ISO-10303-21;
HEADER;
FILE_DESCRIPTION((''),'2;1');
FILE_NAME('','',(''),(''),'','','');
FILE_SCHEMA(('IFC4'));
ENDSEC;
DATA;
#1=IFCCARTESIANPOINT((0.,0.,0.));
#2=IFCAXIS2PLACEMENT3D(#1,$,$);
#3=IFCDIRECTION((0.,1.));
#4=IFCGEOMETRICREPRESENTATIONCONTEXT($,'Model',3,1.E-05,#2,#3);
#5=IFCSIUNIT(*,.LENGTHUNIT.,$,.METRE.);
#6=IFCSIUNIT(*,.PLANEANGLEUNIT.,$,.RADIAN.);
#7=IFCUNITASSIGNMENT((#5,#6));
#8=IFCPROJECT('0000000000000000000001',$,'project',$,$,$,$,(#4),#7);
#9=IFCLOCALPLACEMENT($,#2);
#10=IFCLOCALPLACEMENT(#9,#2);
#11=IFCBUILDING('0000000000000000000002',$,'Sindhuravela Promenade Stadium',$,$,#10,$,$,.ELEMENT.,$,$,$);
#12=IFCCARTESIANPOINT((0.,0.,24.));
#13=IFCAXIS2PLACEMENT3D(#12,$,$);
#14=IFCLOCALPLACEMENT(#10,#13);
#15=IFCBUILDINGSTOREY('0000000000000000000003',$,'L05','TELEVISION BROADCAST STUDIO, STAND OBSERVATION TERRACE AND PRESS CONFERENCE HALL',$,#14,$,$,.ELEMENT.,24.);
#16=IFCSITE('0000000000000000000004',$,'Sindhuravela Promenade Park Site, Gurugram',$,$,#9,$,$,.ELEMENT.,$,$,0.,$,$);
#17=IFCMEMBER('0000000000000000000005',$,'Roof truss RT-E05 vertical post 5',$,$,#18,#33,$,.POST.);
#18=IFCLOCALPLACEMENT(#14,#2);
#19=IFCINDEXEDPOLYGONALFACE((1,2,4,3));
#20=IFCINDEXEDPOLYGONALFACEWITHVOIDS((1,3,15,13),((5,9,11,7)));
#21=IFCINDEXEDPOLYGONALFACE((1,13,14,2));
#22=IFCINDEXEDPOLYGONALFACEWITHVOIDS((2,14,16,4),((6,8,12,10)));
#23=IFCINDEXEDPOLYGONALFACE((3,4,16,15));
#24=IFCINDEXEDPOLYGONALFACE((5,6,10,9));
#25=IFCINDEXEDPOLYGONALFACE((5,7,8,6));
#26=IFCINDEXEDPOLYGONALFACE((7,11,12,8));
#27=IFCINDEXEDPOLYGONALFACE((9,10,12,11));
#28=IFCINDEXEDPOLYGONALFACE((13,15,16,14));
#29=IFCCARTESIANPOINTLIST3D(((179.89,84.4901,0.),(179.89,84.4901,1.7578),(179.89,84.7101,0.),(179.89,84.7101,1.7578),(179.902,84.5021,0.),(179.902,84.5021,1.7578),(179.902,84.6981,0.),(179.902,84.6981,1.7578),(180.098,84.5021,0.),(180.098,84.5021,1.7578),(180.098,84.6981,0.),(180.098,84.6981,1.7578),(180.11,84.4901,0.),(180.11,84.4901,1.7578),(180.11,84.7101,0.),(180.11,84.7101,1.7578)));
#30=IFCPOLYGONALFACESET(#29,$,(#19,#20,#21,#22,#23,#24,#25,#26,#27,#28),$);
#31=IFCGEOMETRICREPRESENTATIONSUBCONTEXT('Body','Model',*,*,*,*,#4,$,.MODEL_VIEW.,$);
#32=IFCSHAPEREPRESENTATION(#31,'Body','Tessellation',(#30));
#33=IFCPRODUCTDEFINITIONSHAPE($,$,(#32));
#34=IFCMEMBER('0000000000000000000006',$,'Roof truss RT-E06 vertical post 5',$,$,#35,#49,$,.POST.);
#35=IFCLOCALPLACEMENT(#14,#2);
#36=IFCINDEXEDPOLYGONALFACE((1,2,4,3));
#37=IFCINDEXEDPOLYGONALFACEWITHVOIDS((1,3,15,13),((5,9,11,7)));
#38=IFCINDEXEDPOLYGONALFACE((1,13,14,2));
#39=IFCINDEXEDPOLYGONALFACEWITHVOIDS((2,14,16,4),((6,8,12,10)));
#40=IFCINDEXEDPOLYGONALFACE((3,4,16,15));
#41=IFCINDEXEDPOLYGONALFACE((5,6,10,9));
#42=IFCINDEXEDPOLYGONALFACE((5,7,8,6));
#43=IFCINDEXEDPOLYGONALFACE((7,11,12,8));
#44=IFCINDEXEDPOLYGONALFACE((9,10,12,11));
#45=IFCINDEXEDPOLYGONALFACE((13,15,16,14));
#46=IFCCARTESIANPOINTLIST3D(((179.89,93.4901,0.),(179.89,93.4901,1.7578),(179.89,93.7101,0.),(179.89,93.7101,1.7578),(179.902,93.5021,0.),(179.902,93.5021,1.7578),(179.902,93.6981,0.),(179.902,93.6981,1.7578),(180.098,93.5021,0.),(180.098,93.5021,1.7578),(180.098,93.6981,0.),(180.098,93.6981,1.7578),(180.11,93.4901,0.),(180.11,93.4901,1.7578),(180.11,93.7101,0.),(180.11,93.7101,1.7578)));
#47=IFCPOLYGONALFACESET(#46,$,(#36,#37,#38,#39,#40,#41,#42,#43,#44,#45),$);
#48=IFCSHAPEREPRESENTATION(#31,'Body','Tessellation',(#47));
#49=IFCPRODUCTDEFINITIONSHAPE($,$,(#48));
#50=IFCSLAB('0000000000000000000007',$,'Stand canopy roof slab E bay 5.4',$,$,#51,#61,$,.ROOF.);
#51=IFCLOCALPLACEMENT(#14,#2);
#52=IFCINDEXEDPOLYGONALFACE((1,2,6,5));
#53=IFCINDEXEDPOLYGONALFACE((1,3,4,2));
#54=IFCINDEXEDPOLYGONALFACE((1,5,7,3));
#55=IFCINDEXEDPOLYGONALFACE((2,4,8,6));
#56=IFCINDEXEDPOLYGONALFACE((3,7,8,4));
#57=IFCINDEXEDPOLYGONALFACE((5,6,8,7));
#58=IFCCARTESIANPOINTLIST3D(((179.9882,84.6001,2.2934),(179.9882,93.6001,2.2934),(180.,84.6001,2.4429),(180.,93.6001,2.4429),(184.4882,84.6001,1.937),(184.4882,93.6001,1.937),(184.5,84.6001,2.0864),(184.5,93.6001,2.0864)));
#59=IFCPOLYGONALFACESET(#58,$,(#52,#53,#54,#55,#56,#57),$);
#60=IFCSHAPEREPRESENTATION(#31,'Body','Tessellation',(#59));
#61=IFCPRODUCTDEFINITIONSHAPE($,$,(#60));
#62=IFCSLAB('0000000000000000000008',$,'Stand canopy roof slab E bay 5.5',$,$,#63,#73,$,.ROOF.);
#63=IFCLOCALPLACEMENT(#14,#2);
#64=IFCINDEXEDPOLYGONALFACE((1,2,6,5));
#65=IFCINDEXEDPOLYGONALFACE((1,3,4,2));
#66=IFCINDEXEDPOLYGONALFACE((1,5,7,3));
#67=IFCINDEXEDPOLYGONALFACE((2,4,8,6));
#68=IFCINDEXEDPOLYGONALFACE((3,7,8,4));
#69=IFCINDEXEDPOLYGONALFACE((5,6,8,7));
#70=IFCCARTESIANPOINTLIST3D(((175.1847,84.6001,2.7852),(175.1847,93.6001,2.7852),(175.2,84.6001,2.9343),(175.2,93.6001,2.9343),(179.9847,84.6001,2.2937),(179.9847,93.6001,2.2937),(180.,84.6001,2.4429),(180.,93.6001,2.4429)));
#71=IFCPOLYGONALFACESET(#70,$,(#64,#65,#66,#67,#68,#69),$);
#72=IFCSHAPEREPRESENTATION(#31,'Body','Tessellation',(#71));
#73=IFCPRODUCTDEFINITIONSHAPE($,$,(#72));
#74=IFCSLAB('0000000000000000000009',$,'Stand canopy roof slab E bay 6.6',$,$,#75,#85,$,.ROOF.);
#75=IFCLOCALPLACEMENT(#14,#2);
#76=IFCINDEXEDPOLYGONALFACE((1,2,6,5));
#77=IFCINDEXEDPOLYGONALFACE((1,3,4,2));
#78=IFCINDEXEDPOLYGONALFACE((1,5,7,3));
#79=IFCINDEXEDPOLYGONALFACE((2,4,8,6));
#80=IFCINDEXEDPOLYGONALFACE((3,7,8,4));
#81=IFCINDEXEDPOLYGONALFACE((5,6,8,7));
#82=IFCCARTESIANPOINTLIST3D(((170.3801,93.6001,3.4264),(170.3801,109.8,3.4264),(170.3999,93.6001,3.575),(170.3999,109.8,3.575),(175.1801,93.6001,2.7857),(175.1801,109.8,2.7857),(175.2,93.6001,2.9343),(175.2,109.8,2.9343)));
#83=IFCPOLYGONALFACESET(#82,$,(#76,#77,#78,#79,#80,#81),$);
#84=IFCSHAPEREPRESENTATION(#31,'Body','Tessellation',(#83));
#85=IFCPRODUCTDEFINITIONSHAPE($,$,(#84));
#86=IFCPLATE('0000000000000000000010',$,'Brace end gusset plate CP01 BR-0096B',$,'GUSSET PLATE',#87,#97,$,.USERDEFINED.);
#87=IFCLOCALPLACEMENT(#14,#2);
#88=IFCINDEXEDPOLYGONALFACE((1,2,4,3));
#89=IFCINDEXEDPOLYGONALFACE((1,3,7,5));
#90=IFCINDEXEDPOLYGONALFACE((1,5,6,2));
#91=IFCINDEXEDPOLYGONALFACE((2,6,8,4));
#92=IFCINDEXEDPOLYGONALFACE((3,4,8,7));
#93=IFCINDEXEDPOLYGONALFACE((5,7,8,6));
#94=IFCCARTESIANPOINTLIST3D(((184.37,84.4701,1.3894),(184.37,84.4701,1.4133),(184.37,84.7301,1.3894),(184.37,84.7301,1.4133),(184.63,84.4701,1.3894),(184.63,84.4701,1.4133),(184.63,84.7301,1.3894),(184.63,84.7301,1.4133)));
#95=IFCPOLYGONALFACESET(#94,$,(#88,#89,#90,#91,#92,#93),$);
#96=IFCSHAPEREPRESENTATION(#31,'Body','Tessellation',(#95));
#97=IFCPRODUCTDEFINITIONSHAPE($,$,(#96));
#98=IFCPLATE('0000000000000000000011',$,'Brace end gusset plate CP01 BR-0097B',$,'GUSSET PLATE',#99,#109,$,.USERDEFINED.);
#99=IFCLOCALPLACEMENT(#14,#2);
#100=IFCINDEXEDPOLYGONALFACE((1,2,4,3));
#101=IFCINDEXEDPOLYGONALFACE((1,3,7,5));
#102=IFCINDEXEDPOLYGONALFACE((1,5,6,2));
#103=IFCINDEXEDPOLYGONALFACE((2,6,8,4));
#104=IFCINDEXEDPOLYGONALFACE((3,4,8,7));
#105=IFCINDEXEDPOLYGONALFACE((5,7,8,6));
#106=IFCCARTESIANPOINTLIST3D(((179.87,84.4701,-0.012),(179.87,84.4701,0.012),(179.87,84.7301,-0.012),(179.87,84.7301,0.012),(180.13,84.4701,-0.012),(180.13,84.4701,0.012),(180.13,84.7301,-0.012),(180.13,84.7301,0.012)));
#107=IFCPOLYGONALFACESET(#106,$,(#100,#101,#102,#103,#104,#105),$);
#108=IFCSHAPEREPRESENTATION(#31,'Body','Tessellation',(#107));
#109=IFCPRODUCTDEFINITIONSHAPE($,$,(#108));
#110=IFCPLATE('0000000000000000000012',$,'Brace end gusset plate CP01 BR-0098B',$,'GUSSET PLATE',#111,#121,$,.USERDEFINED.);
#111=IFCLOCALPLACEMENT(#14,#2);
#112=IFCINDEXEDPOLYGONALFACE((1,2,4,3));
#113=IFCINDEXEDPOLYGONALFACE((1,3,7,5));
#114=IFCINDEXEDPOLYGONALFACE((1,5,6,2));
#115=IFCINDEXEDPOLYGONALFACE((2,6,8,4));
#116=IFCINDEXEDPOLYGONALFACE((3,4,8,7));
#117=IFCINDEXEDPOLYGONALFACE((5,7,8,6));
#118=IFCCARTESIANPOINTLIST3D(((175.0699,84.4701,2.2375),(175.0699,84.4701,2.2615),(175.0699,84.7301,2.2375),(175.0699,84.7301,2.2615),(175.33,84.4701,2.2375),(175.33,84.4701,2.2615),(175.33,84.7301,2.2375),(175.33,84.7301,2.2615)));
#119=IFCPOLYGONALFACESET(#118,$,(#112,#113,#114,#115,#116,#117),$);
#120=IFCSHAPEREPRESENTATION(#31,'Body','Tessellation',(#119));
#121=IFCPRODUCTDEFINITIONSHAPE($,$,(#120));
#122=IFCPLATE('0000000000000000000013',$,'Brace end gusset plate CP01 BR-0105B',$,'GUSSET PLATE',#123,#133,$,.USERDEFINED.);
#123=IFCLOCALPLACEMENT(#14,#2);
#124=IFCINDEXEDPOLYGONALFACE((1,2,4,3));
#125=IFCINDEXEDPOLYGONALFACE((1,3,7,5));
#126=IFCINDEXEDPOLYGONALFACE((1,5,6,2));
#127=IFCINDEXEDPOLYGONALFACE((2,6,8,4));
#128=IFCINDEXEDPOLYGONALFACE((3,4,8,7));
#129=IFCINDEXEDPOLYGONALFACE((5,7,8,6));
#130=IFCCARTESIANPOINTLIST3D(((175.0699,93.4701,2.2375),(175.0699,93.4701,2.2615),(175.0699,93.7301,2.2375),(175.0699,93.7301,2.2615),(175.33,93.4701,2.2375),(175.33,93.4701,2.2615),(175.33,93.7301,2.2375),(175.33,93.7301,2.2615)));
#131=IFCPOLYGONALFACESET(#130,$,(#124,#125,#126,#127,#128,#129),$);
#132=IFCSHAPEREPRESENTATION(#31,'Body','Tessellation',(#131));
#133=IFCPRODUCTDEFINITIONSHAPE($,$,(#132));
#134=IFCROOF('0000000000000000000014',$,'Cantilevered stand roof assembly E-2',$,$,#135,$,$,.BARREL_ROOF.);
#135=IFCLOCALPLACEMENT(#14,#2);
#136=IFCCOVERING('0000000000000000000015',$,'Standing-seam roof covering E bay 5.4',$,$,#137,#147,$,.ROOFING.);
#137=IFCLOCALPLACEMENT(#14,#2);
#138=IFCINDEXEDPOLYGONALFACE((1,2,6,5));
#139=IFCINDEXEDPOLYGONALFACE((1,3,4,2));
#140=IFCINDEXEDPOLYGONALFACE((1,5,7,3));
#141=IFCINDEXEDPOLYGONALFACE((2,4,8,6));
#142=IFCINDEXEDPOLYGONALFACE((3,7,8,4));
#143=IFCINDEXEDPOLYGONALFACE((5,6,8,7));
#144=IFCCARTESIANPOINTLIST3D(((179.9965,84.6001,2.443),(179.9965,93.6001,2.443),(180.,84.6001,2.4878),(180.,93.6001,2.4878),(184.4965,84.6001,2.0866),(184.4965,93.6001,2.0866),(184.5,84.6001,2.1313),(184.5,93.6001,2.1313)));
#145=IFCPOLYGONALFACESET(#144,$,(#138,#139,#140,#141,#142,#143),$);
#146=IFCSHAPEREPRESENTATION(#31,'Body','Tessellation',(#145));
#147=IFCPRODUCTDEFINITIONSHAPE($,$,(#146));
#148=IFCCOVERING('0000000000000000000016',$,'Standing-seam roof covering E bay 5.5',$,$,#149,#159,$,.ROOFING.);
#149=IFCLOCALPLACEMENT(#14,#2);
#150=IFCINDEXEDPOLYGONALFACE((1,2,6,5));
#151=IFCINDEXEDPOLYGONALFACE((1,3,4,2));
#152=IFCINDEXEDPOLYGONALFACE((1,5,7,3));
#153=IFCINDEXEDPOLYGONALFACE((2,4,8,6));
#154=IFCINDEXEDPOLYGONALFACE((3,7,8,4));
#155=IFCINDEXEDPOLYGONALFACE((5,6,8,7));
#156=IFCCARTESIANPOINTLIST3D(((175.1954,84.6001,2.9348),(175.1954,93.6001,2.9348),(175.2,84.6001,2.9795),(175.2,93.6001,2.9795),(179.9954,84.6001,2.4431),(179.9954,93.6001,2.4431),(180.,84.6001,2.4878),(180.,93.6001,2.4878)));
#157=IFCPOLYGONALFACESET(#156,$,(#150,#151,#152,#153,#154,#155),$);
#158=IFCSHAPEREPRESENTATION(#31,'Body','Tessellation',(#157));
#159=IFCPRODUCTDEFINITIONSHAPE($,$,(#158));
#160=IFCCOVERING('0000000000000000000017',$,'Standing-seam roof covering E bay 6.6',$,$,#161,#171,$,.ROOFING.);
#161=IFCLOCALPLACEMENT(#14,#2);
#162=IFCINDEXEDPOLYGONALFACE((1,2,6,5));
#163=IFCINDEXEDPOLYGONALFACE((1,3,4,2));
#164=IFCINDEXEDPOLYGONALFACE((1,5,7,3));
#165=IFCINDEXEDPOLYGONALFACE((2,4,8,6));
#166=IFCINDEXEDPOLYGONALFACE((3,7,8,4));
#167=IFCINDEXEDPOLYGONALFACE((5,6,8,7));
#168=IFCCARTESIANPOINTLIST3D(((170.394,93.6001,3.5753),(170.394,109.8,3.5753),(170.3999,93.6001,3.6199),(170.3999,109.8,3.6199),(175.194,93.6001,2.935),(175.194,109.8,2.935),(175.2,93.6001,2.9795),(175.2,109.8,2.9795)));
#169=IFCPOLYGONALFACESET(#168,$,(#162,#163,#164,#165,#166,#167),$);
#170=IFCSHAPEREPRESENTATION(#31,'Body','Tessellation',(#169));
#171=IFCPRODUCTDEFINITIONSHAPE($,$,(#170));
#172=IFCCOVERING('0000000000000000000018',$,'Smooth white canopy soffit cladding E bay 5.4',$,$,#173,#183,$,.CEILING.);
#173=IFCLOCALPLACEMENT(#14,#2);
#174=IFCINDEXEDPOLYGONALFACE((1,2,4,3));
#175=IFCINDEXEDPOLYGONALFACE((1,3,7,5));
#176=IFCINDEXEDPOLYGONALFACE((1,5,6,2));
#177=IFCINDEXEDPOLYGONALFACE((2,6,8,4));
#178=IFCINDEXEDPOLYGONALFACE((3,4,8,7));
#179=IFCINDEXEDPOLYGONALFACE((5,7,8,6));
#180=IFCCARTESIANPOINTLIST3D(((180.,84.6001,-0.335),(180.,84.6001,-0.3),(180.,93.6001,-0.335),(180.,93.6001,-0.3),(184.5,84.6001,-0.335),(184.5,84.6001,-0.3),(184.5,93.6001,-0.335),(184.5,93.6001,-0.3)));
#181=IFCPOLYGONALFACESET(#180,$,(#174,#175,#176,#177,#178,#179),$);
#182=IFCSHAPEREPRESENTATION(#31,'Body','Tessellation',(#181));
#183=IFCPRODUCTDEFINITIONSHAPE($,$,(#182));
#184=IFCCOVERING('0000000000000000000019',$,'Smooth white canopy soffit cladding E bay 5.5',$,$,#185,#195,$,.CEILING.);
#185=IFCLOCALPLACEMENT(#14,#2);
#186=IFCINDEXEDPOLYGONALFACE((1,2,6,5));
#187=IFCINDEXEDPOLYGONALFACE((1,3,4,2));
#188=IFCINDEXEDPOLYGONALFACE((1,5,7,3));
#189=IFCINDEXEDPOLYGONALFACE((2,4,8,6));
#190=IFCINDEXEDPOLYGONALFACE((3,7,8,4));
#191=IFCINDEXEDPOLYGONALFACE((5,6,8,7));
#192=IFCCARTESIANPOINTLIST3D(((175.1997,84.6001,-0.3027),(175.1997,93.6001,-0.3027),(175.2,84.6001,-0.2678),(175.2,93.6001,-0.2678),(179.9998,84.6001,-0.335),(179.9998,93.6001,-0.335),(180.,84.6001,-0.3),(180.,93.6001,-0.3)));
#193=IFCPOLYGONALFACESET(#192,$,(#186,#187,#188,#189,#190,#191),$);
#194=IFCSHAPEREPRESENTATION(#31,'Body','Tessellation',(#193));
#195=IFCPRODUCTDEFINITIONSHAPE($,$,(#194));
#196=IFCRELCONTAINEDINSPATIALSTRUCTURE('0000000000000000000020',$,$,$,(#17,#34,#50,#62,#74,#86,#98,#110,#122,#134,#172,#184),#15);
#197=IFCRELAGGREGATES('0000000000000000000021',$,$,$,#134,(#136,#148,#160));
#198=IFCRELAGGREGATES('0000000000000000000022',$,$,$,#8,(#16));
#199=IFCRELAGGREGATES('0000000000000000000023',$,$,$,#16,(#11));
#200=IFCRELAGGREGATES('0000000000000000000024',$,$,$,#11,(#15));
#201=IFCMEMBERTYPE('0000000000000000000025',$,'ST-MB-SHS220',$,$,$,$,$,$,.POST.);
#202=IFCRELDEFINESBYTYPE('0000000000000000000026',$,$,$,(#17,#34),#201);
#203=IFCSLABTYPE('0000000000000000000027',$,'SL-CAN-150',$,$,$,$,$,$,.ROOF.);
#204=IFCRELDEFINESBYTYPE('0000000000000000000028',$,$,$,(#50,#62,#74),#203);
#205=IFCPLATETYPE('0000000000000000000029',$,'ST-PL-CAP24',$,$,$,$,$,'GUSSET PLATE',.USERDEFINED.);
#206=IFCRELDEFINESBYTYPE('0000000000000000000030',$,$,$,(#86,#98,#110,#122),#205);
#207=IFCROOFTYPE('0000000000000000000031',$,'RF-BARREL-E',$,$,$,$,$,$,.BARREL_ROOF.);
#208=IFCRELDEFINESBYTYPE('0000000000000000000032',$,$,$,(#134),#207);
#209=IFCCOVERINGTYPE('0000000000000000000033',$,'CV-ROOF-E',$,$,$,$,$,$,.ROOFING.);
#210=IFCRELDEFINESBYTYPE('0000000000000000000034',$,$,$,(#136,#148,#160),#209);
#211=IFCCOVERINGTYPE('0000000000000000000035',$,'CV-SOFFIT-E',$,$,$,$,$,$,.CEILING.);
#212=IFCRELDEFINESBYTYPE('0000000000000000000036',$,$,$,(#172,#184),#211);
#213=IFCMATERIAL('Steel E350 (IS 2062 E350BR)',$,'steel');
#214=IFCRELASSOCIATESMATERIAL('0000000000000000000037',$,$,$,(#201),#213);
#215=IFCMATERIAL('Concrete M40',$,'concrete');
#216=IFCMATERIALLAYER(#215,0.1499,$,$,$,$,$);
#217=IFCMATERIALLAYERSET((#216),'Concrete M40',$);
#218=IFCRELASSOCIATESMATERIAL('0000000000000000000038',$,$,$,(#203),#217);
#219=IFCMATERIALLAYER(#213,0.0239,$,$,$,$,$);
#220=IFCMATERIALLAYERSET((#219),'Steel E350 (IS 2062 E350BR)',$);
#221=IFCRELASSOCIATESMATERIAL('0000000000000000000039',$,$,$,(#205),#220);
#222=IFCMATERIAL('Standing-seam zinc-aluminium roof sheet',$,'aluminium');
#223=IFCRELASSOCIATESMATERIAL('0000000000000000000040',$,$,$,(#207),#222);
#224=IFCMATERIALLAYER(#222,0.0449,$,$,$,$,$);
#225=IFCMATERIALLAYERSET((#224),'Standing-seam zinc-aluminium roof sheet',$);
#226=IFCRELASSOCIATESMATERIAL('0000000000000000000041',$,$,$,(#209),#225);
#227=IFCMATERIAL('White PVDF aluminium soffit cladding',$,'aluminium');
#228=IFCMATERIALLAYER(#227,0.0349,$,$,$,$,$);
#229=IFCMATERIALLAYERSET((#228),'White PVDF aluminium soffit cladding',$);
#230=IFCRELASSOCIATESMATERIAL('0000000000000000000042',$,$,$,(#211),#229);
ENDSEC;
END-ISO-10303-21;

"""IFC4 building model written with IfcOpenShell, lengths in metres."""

from ifc_helpers import new_model, si_unit, direction, frame, origin, origin_2d, place, context, subcontext, project, spatial, polyline, rectangle, hollow_rectangle, outline, extrude, material, layer, layer_set, material_profile, profile_set, type_object, element, aggregate, save


model = new_model("IFC4")

# Units and contexts
model_context = context("Model", 3, precision=1e-05, world=origin(), true_north=direction((0.0, 1.0)))
body_context = subcontext(model_context, "Body", "Model", "MODEL_VIEW")
ifc_project = project(units=[si_unit("LENGTHUNIT", "METRE"), si_unit("PLANEANGLEUNIT", "RADIAN")], contexts=[model_context])

# Site, building, storey
site_placement = place(None, origin())
site = spatial("IfcSite", under=ifc_project, at=site_placement, Name="Sindhuravela Promenade Park Site, Gurugram", CompositionType="ELEMENT", RefElevation=0.0)
building_placement = place(site_placement, origin())
building = spatial("IfcBuilding", under=site, at=building_placement, Name="Sindhuravela Promenade Stadium", CompositionType="ELEMENT")
storey_placement = place(building_placement, frame((0.0, 0.0, 24.0)))
storey = spatial("IfcBuildingStorey", under=building, at=storey_placement, Name="L05", Description="TELEVISION BROADCAST STUDIO, STAND OBSERVATION TERRACE AND PRESS CONFERENCE HALL", CompositionType="ELEMENT", Elevation=24.0)

# Shared definitions
ifc_material_1 = material(Name="Concrete M40", Category="concrete")
ifc_material_2 = material(Name="Steel E350 (IS 2062 E350BR)", Category="steel")

# Members
ifc_material_profile_1 = material_profile(ifc_material_2, hollow_rectangle(XDim=0.22, YDim=0.22, WallThickness=0.012, at=origin_2d()), Name="SHS 220x220x12")
ifc_profile_set_1 = profile_set([ifc_material_profile_1], Name="Steel E350 (IS 2062 E350BR)")
member_type_1 = type_object("IfcMemberType", Name="ST-MB-SHS220", PredefinedType="POST", material=ifc_profile_set_1)
for number, where, z_axis, x_axis, name in (
    (1, (180.0, 84.6001, 0.0), (0.0, 0.0, 1.0), (1.0, 0.0, 0.0), "Roof truss RT-E05 vertical post 5"),
    (2, (180.0, 93.6001, 0.0), (0.0, 0.0, 1.0), (1.0, 0.0, 0.0), "Roof truss RT-E06 vertical post 5"),
):
    element("IfcMember", number, at=place(storey_placement, frame(where, z_axis=z_axis, x_axis=x_axis)), inside=storey, type_object=member_type_1, Name=name, PredefinedType="POST", context=body_context, shape_type="SweptSolid", body=[
        extrude(hollow_rectangle(XDim=0.22, YDim=0.22, WallThickness=0.012, at=origin_2d()), origin(), (0.0, 0.0, 1.0), 1.7578),
    ])

# Slabs
ifc_layer_1 = layer(ifc_material_1, 0.1499)
ifc_layer_set_1 = layer_set([ifc_layer_1], Name="Concrete M40")
slab_type = type_object("IfcSlabType", Name="SL-CAN-150", PredefinedType="ROOF", material=ifc_layer_set_1)
slab_1_placement = place(storey_placement, frame((184.5, 84.6001, 2.0864), z_axis=(0.078963, 0.0, 0.996878), x_axis=(0.0, 1.0, 0.0)))
element("IfcSlab", 3, at=slab_1_placement, inside=storey, type_object=slab_type, Name="Stand canopy roof slab E bay 5.4", PredefinedType="ROOF", context=body_context, shape_type="SweptSolid", body=[
    extrude(outline(polyline([(0.0, 0.0), (9.0, 0.0), (9.0, 4.5141), (0.0, 4.5141), (0.0, 0.0)])), origin(), (0.0, 0.0, -1.0), 0.1499),
])
slab_2_placement = place(storey_placement, frame((180.0, 84.6001, 2.4429), z_axis=(0.101853, 0.0, 0.994799), x_axis=(0.0, 1.0, 0.0)))
element("IfcSlab", 4, at=slab_2_placement, inside=storey, type_object=slab_type, Name="Stand canopy roof slab E bay 5.5", PredefinedType="ROOF", context=body_context, shape_type="SweptSolid", body=[
    extrude(outline(polyline([(0.0, 0.0), (9.0, 0.0), (9.0, 4.8251), (0.0, 4.8251), (0.0, 0.0)])), origin(), (0.0, 0.0, -1.0), 0.1499),
])
slab_3_placement = place(storey_placement, frame((175.2, 93.6001, 2.9343), z_axis=(0.132289, 0.0, 0.991211), x_axis=(0.0, 1.0, 0.0)))
element("IfcSlab", 5, at=slab_3_placement, inside=storey, type_object=slab_type, Name="Stand canopy roof slab E bay 6.6", PredefinedType="ROOF", context=body_context, shape_type="SweptSolid", body=[
    extrude(outline(polyline([(0.0, 0.0), (16.2, 0.0), (16.2, 4.8426), (0.0, 4.8426), (0.0, 0.0)])), origin(), (0.0, 0.0, -1.0), 0.1499),
])

# Plates
ifc_layer_2 = layer(ifc_material_2, 0.0239)
ifc_layer_set_2 = layer_set([ifc_layer_2], Name="Steel E350 (IS 2062 E350BR)")
plate_type = type_object("IfcPlateType", Name="ST-PL-CAP24", ElementType="GUSSET PLATE", PredefinedType="USERDEFINED", material=ifc_layer_set_2)
for number, where, z_axis, x_axis, name in (
    (6, (184.5, 84.6001, 1.3894), (0.0, 0.0, 1.0), (1.0, 0.0, 0.0), "Brace end gusset plate CP01 BR-0096B"),
    (7, (180.0, 84.6001, -0.012), (0.0, 0.0, 1.0), (1.0, 0.0, 0.0), "Brace end gusset plate CP01 BR-0097B"),
    (8, (175.2, 84.6001, 2.2375), (0.0, 0.0, 1.0), (1.0, 0.0, 0.0), "Brace end gusset plate CP01 BR-0098B"),
    (9, (175.2, 93.6001, 2.2375), (0.0, 0.0, 1.0), (1.0, 0.0, 0.0), "Brace end gusset plate CP01 BR-0105B"),
):
    element("IfcPlate", number, at=place(storey_placement, frame(where, z_axis=z_axis, x_axis=x_axis)), inside=storey, type_object=plate_type, Name=name, ObjectType="GUSSET PLATE", PredefinedType="USERDEFINED", context=body_context, shape_type="SweptSolid", body=[
        extrude(rectangle(XDim=0.26, YDim=0.26, at=origin_2d()), origin(), (0.0, 0.0, 1.0), 0.0239),
    ])

# Roof, coverings
ifc_material_3 = material(Name="Standing-seam zinc-aluminium roof sheet", Category="aluminium")
roof_type = type_object("IfcRoofType", Name="RF-BARREL-E", PredefinedType="BARREL_ROOF", material=ifc_material_3)
roof_placement = place(storey_placement, origin())
roof = element("IfcRoof", 10, at=roof_placement, inside=storey, type_object=roof_type, Name="Cantilevered stand roof assembly E-2", PredefinedType="BARREL_ROOF")
ifc_layer_3 = layer(ifc_material_3, 0.0449)
ifc_layer_set_3 = layer_set([ifc_layer_3], Name="Standing-seam zinc-aluminium roof sheet")
covering_type_1 = type_object("IfcCoveringType", Name="CV-ROOF-E", PredefinedType="ROOFING", material=ifc_layer_set_3)
covering_1_placement = place(storey_placement, frame((184.5, 84.6001, 2.1313), z_axis=(0.078963, 0.0, 0.996878), x_axis=(0.0, 1.0, 0.0)))
covering_1 = element("IfcCovering", 11, at=covering_1_placement, type_object=covering_type_1, Name="Standing-seam roof covering E bay 5.4", PredefinedType="ROOFING", context=body_context, shape_type="SweptSolid", body=[
    extrude(outline(polyline([(0.0, 0.0), (9.0, 0.0), (9.0, 4.5141), (0.0, 4.5141), (0.0, 0.0)])), origin(), (0.0, 0.0, -1.0), 0.0449),
])
covering_2_placement = place(storey_placement, frame((180.0, 84.6001, 2.4878), z_axis=(0.101903, 0.0, 0.994794), x_axis=(0.0, 1.0, 0.0)))
covering_2 = element("IfcCovering", 12, at=covering_2_placement, type_object=covering_type_1, Name="Standing-seam roof covering E bay 5.5", PredefinedType="ROOFING", context=body_context, shape_type="SweptSolid", body=[
    extrude(outline(polyline([(0.0, 0.0), (9.0, 0.0), (9.0, 4.8252), (0.0, 4.8252), (0.0, 0.0)])), origin(), (0.0, 0.0, -1.0), 0.0449),
])
covering_3_placement = place(storey_placement, frame((175.2, 93.6001, 2.9795), z_axis=(0.13224, 0.0, 0.991218), x_axis=(0.0, 1.0, 0.0)))
covering_3 = element("IfcCovering", 13, at=covering_3_placement, type_object=covering_type_1, Name="Standing-seam roof covering E bay 6.6", PredefinedType="ROOFING", context=body_context, shape_type="SweptSolid", body=[
    extrude(outline(polyline([(0.0, 0.0), (16.2, 0.0), (16.2, 4.8426), (0.0, 4.8426), (0.0, 0.0)])), origin(), (0.0, 0.0, -1.0), 0.0449),
])
aggregate(roof, [covering_1, covering_2, covering_3])

# Coverings
ifc_material_4 = material(Name="White PVDF aluminium soffit cladding", Category="aluminium")
ifc_layer_4 = layer(ifc_material_4, 0.0349)
ifc_layer_set_4 = layer_set([ifc_layer_4], Name="White PVDF aluminium soffit cladding")
covering_type_2 = type_object("IfcCoveringType", Name="CV-SOFFIT-E", PredefinedType="CEILING", material=ifc_layer_set_4)
covering_4_placement = place(storey_placement, frame((184.5, 84.6001, -0.3), z_axis=(0.0, 0.0, 1.0), x_axis=(0.0, 1.0, 0.0)))
element("IfcCovering", 14, at=covering_4_placement, inside=storey, type_object=covering_type_2, Name="Smooth white canopy soffit cladding E bay 5.4", PredefinedType="CEILING", context=body_context, shape_type="SweptSolid", body=[
    extrude(outline(polyline([(0.0, 0.0), (9.0, 0.0), (9.0, 4.5), (0.0, 4.5), (0.0, 0.0)])), origin(), (0.0, 0.0, -1.0), 0.0349),
])
covering_5_placement = place(storey_placement, frame((180.0, 84.6001, -0.3), z_axis=(0.006714, 0.0, 0.999977), x_axis=(0.0, 1.0, 0.0)))
element("IfcCovering", 15, at=covering_5_placement, inside=storey, type_object=covering_type_2, Name="Smooth white canopy soffit cladding E bay 5.5", PredefinedType="CEILING", context=body_context, shape_type="SweptSolid", body=[
    extrude(outline(polyline([(0.0, 0.0), (9.0, 0.0), (9.0, 4.8002), (0.0, 4.8002), (0.0, 0.0)])), origin(), (0.0, 0.0, -1.0), 0.0349),
])

save(model, "model.ifc")
